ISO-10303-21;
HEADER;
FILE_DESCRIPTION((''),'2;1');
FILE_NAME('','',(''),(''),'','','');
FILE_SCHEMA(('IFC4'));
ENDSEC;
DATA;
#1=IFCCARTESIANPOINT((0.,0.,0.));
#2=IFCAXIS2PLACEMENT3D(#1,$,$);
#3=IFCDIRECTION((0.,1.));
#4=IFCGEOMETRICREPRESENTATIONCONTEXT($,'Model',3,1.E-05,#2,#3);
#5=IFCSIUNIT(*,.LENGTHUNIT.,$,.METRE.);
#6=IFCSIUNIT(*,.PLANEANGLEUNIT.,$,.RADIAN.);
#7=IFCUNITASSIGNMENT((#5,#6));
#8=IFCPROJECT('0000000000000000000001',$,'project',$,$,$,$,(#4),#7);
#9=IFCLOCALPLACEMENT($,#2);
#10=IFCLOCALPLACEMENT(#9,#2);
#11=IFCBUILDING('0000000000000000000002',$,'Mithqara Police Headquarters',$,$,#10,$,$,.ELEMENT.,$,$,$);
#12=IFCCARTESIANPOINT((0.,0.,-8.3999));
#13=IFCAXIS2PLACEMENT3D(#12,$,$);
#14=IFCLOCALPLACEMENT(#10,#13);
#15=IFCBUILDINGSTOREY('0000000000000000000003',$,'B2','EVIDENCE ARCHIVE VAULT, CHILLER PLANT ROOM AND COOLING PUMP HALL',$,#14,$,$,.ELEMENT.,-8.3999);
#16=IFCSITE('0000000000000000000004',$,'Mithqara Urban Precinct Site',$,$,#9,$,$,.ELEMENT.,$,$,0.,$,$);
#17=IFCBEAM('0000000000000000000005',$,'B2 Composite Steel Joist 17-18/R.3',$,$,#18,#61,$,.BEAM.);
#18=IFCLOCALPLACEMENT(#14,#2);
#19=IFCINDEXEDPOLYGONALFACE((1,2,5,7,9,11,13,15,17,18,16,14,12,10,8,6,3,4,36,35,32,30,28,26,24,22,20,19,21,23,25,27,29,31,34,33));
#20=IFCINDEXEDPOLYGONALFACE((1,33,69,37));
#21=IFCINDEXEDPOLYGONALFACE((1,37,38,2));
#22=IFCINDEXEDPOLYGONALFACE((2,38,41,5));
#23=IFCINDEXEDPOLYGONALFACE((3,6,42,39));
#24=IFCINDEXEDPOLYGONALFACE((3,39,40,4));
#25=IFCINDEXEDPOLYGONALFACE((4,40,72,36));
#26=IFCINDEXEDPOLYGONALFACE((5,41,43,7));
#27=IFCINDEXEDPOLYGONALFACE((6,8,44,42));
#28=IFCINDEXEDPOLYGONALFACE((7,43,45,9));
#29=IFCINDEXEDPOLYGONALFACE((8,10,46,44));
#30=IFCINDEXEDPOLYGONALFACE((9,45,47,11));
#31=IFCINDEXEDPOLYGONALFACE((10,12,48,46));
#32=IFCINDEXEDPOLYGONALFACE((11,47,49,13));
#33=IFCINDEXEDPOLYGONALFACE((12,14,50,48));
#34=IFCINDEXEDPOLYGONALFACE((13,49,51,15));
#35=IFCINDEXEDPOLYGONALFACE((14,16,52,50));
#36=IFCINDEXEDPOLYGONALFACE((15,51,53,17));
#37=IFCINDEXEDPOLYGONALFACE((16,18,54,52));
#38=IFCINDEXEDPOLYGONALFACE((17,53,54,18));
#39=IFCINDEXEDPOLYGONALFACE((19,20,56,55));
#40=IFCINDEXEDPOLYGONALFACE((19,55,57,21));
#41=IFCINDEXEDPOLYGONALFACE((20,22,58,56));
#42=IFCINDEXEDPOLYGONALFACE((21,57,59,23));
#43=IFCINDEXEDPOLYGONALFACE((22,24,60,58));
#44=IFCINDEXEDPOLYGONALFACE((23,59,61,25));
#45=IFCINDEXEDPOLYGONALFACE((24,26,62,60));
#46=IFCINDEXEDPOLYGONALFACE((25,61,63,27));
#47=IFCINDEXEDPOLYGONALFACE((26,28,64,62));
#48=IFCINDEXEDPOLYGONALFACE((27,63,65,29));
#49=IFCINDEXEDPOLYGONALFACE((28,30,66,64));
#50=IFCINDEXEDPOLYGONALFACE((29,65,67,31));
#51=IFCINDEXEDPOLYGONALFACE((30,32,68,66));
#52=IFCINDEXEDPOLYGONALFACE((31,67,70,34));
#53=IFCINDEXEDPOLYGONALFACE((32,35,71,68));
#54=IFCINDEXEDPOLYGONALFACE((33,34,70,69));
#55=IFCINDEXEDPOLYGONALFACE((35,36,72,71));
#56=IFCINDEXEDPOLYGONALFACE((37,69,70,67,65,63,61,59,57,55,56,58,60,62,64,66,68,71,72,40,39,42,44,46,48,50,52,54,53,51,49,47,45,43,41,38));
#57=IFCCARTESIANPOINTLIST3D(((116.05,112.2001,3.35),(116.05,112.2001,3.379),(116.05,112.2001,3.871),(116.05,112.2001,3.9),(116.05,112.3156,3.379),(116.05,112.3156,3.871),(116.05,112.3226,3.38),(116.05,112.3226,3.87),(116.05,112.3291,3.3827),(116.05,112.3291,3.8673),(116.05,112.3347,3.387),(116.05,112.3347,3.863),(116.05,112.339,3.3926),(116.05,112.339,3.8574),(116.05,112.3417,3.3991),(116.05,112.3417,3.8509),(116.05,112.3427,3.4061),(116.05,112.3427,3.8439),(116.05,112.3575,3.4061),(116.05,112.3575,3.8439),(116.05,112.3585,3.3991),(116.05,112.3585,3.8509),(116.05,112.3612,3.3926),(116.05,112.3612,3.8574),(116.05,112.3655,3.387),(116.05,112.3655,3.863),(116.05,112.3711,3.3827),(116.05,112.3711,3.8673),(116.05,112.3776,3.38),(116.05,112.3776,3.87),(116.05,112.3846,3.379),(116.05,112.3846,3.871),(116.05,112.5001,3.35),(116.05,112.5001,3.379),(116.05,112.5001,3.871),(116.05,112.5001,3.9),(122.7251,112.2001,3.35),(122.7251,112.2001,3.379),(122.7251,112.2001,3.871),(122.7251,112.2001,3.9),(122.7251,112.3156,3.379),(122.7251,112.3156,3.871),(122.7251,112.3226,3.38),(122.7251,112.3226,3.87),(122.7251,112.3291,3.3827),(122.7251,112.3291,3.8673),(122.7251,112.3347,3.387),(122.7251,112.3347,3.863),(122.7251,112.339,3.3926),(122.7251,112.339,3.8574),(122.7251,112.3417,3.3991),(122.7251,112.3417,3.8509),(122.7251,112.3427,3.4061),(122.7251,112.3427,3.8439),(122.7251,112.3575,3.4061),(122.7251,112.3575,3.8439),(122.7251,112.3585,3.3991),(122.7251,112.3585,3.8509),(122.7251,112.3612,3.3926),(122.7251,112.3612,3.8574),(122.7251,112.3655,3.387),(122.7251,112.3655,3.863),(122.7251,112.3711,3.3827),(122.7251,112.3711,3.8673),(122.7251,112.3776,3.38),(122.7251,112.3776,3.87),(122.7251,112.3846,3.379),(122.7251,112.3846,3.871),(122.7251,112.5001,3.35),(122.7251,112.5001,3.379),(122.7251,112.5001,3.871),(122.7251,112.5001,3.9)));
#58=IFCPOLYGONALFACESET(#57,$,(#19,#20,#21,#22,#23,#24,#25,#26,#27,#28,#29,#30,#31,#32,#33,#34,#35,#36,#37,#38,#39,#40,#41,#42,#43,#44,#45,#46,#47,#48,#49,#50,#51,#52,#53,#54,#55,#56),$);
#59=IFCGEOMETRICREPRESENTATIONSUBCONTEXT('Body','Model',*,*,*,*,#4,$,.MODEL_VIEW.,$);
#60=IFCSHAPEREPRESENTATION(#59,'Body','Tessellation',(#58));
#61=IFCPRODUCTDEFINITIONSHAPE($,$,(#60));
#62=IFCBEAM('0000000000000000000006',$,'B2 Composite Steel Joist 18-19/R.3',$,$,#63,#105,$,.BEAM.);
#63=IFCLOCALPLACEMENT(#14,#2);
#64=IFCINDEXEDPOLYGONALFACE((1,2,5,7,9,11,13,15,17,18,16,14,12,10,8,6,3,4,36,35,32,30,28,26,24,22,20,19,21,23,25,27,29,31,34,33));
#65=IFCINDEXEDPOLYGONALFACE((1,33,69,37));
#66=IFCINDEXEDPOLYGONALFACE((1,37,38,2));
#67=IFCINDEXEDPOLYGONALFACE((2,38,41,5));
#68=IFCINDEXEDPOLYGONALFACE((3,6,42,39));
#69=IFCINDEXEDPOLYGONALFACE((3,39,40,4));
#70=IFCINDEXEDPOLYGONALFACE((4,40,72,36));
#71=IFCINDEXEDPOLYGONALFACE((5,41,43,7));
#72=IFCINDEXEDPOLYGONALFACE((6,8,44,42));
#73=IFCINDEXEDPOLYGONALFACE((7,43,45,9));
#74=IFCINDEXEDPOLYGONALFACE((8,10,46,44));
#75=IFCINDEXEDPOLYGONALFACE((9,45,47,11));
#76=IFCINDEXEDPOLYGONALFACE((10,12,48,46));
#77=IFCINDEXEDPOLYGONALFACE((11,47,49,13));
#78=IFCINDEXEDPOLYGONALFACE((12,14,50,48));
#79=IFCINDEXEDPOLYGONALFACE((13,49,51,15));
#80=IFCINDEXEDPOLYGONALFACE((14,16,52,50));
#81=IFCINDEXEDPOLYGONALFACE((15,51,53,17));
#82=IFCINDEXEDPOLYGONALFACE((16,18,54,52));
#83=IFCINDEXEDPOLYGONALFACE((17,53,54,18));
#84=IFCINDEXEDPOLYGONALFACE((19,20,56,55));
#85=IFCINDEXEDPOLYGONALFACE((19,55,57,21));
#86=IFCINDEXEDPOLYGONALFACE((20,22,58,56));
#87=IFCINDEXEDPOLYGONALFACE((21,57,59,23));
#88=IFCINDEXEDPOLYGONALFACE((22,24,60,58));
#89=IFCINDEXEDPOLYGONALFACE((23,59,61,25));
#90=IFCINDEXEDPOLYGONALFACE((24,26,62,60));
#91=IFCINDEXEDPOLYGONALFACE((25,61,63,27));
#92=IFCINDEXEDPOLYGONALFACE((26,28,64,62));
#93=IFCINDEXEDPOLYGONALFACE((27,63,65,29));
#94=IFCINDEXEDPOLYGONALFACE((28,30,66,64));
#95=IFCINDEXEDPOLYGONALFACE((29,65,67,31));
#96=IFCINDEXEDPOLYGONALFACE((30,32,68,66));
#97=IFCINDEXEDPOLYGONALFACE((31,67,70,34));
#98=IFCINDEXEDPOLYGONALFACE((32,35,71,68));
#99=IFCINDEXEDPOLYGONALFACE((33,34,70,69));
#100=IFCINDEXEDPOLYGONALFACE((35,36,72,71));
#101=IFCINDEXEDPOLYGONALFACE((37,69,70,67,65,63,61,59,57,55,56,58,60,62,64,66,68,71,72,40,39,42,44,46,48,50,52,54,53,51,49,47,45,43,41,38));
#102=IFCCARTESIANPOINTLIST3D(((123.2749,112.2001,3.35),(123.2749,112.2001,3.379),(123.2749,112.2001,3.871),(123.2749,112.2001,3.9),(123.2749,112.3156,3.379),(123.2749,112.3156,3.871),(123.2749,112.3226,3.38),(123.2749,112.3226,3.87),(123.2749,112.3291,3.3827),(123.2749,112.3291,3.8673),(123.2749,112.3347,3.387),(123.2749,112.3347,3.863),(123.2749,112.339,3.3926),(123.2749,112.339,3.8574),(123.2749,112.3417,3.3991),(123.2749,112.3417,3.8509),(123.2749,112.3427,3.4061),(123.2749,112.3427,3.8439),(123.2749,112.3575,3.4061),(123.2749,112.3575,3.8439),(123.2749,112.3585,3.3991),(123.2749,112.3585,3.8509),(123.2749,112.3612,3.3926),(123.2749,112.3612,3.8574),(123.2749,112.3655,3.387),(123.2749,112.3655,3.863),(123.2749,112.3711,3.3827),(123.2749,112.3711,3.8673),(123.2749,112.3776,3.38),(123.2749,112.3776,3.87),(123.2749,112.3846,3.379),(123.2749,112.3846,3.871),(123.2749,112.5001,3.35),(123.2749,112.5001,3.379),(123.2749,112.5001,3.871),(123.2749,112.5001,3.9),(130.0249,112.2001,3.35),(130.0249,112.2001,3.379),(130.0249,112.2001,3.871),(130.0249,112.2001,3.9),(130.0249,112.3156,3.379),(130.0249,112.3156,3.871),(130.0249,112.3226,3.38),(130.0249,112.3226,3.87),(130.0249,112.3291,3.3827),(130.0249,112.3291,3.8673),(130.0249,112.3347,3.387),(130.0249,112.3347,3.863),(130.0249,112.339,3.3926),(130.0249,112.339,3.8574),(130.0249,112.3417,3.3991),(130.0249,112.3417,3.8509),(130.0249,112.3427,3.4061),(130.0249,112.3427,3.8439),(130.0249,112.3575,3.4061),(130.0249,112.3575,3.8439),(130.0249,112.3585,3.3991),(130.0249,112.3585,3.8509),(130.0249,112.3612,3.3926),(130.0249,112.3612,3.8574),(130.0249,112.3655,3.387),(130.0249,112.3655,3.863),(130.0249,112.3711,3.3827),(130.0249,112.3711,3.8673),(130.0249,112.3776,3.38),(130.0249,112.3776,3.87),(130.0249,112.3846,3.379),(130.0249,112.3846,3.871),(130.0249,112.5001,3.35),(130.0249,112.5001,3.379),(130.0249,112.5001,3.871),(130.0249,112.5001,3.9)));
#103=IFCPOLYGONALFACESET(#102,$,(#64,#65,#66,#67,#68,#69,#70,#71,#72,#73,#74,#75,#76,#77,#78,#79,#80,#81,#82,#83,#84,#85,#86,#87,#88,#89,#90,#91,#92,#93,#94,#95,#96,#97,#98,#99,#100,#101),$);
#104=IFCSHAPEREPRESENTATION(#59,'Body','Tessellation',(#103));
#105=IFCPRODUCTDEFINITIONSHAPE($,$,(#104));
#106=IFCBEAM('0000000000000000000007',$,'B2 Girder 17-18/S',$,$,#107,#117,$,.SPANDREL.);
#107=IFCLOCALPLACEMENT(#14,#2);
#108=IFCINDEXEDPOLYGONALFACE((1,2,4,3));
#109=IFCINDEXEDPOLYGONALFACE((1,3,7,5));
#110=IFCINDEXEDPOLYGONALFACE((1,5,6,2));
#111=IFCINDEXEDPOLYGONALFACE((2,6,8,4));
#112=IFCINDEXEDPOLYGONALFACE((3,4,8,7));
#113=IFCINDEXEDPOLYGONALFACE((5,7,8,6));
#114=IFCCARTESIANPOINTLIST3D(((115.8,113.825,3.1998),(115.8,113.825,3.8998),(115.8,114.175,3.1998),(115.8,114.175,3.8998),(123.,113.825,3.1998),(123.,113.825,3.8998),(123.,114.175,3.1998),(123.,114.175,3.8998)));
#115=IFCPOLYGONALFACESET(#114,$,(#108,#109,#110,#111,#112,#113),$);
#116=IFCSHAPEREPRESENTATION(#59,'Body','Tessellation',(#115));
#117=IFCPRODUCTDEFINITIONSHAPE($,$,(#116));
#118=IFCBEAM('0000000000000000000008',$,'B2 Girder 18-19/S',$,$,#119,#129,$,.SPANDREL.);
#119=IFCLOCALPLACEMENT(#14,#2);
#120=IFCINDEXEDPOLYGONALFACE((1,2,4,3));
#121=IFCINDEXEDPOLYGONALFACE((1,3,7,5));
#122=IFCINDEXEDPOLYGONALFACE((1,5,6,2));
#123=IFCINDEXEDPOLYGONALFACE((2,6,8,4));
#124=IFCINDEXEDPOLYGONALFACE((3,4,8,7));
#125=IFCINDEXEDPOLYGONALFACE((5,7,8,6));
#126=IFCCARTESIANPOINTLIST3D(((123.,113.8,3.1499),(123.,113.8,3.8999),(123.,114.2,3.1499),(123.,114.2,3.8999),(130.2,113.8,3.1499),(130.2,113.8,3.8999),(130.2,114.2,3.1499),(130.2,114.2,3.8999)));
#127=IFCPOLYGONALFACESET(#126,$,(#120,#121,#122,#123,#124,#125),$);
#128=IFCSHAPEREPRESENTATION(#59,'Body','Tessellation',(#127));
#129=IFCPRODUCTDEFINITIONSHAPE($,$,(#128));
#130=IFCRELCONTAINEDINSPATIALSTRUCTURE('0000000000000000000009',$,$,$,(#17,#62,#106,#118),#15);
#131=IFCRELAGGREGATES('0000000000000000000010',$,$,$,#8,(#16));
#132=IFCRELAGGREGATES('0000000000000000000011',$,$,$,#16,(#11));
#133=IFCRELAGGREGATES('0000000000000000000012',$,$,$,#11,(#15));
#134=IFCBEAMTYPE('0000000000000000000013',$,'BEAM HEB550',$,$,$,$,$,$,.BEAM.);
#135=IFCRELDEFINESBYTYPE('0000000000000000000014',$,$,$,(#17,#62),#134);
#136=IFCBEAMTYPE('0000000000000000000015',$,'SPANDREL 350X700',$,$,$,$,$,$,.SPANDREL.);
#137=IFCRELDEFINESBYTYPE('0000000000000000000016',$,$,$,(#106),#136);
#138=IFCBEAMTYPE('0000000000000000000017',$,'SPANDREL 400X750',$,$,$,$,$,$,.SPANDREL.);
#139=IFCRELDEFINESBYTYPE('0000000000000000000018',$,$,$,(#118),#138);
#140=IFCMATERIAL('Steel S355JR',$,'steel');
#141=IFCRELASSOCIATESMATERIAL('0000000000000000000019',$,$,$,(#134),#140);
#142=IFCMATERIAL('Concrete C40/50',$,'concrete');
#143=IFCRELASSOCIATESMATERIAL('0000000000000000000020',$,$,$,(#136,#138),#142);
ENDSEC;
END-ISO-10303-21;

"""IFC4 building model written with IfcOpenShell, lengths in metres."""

from ifc_helpers import new_model, si_unit, direction, frame, origin, origin_2d, place, context, subcontext, project, spatial, rectangle, i_section, extrude, material, material_profile, profile_set, type_object, element, save


model = new_model("IFC4")

# Units and contexts
model_context = context("Model", 3, precision=1e-05, world=origin(), true_north=direction((0.0, 1.0)))
body_context = subcontext(model_context, "Body", "Model", "MODEL_VIEW")
ifc_project = project(units=[si_unit("LENGTHUNIT", "METRE"), si_unit("PLANEANGLEUNIT", "RADIAN")], contexts=[model_context])

# Site, building, storey
site_placement = place(None, origin())
site = spatial("IfcSite", under=ifc_project, at=site_placement, Name="Mithqara Urban Precinct Site", CompositionType="ELEMENT", RefElevation=0.0)
building_placement = place(site_placement, origin())
building = spatial("IfcBuilding", under=site, at=building_placement, Name="Mithqara Police Headquarters", CompositionType="ELEMENT")
storey_placement = place(building_placement, frame((0.0, 0.0, -8.3999)))
storey = spatial("IfcBuildingStorey", under=building, at=storey_placement, Name="B2", Description="EVIDENCE ARCHIVE VAULT, CHILLER PLANT ROOM AND COOLING PUMP HALL", CompositionType="ELEMENT", Elevation=-8.3999)

# Shared definitions
ifc_material_1 = material(Name="Concrete C40/50", Category="concrete")

# Beams
ifc_material_2 = material(Name="Steel S355JR", Category="steel")
ifc_material_profile_1 = material_profile(ifc_material_2, i_section(OverallWidth=0.3, OverallDepth=0.55, WebThickness=0.0149, FlangeThickness=0.0291, FilletRadius=0.0271, at=origin_2d()), Name="HEB 550")
ifc_profile_set_1 = profile_set([ifc_material_profile_1], Name="Steel S355JR")
beam_type_1 = type_object("IfcBeamType", Name="BEAM HEB550", PredefinedType="BEAM", material=ifc_profile_set_1)
beam_1_placement = place(storey_placement, frame((116.05, 112.3501, 3.625), z_axis=(1.0, 0.0, 0.0), x_axis=(0.0, 1.0, 0.0)))
element("IfcBeam", 1, at=beam_1_placement, inside=storey, type_object=beam_type_1, Name="B2 Composite Steel Joist 17-18/R.3", PredefinedType="BEAM", context=body_context, shape_type="SweptSolid", body=[
    extrude(i_section(OverallWidth=0.3, OverallDepth=0.55, WebThickness=0.0149, FlangeThickness=0.0291, FilletRadius=0.0271, at=origin_2d()), origin(), (0.0, 0.0, 1.0), 6.675),
])
beam_2_placement = place(storey_placement, frame((123.2749, 112.3501, 3.625), z_axis=(1.0, 0.0, 0.0), x_axis=(0.0, 1.0, 0.0)))
element("IfcBeam", 2, at=beam_2_placement, inside=storey, type_object=beam_type_1, Name="B2 Composite Steel Joist 18-19/R.3", PredefinedType="BEAM", context=body_context, shape_type="SweptSolid", body=[
    extrude(i_section(OverallWidth=0.3, OverallDepth=0.55, WebThickness=0.0149, FlangeThickness=0.0291, FilletRadius=0.0271, at=origin_2d()), origin(), (0.0, 0.0, 1.0), 6.75),
])
ifc_material_profile_2 = material_profile(ifc_material_1, rectangle(XDim=0.3501, YDim=0.7, at=origin_2d()), Name="SPB 350x700")
ifc_profile_set_2 = profile_set([ifc_material_profile_2], Name="Concrete C40/50")
beam_type_2 = type_object("IfcBeamType", Name="SPANDREL 350X700", PredefinedType="SPANDREL", material=ifc_profile_set_2)
beam_3_placement = place(storey_placement, frame((115.8, 114.0, 3.5498), z_axis=(1.0, 0.0, 0.0), x_axis=(0.0, 1.0, 0.0)))
element("IfcBeam", 3, at=beam_3_placement, inside=storey, type_object=beam_type_2, Name="B2 Girder 17-18/S", PredefinedType="SPANDREL", context=body_context, shape_type="SweptSolid", body=[
    extrude(rectangle(XDim=0.3501, YDim=0.7, at=origin_2d()), origin(), (0.0, 0.0, 1.0), 7.2),
])
ifc_material_profile_3 = material_profile(ifc_material_1, rectangle(XDim=0.3999, YDim=0.75, at=origin_2d()), Name="SPB 400x750")
ifc_profile_set_3 = profile_set([ifc_material_profile_3], Name="Concrete C40/50")
beam_type_3 = type_object("IfcBeamType", Name="SPANDREL 400X750", PredefinedType="SPANDREL", material=ifc_profile_set_3)
beam_4_placement = place(storey_placement, frame((123.0, 114.0, 3.5249), z_axis=(1.0, 0.0, 0.0), x_axis=(0.0, 1.0, 0.0)))
element("IfcBeam", 4, at=beam_4_placement, inside=storey, type_object=beam_type_3, Name="B2 Girder 18-19/S", PredefinedType="SPANDREL", context=body_context, shape_type="SweptSolid", body=[
    extrude(rectangle(XDim=0.3999, YDim=0.75, at=origin_2d()), origin(), (0.0, 0.0, 1.0), 7.2),
])

save(model, "model.ifc")
